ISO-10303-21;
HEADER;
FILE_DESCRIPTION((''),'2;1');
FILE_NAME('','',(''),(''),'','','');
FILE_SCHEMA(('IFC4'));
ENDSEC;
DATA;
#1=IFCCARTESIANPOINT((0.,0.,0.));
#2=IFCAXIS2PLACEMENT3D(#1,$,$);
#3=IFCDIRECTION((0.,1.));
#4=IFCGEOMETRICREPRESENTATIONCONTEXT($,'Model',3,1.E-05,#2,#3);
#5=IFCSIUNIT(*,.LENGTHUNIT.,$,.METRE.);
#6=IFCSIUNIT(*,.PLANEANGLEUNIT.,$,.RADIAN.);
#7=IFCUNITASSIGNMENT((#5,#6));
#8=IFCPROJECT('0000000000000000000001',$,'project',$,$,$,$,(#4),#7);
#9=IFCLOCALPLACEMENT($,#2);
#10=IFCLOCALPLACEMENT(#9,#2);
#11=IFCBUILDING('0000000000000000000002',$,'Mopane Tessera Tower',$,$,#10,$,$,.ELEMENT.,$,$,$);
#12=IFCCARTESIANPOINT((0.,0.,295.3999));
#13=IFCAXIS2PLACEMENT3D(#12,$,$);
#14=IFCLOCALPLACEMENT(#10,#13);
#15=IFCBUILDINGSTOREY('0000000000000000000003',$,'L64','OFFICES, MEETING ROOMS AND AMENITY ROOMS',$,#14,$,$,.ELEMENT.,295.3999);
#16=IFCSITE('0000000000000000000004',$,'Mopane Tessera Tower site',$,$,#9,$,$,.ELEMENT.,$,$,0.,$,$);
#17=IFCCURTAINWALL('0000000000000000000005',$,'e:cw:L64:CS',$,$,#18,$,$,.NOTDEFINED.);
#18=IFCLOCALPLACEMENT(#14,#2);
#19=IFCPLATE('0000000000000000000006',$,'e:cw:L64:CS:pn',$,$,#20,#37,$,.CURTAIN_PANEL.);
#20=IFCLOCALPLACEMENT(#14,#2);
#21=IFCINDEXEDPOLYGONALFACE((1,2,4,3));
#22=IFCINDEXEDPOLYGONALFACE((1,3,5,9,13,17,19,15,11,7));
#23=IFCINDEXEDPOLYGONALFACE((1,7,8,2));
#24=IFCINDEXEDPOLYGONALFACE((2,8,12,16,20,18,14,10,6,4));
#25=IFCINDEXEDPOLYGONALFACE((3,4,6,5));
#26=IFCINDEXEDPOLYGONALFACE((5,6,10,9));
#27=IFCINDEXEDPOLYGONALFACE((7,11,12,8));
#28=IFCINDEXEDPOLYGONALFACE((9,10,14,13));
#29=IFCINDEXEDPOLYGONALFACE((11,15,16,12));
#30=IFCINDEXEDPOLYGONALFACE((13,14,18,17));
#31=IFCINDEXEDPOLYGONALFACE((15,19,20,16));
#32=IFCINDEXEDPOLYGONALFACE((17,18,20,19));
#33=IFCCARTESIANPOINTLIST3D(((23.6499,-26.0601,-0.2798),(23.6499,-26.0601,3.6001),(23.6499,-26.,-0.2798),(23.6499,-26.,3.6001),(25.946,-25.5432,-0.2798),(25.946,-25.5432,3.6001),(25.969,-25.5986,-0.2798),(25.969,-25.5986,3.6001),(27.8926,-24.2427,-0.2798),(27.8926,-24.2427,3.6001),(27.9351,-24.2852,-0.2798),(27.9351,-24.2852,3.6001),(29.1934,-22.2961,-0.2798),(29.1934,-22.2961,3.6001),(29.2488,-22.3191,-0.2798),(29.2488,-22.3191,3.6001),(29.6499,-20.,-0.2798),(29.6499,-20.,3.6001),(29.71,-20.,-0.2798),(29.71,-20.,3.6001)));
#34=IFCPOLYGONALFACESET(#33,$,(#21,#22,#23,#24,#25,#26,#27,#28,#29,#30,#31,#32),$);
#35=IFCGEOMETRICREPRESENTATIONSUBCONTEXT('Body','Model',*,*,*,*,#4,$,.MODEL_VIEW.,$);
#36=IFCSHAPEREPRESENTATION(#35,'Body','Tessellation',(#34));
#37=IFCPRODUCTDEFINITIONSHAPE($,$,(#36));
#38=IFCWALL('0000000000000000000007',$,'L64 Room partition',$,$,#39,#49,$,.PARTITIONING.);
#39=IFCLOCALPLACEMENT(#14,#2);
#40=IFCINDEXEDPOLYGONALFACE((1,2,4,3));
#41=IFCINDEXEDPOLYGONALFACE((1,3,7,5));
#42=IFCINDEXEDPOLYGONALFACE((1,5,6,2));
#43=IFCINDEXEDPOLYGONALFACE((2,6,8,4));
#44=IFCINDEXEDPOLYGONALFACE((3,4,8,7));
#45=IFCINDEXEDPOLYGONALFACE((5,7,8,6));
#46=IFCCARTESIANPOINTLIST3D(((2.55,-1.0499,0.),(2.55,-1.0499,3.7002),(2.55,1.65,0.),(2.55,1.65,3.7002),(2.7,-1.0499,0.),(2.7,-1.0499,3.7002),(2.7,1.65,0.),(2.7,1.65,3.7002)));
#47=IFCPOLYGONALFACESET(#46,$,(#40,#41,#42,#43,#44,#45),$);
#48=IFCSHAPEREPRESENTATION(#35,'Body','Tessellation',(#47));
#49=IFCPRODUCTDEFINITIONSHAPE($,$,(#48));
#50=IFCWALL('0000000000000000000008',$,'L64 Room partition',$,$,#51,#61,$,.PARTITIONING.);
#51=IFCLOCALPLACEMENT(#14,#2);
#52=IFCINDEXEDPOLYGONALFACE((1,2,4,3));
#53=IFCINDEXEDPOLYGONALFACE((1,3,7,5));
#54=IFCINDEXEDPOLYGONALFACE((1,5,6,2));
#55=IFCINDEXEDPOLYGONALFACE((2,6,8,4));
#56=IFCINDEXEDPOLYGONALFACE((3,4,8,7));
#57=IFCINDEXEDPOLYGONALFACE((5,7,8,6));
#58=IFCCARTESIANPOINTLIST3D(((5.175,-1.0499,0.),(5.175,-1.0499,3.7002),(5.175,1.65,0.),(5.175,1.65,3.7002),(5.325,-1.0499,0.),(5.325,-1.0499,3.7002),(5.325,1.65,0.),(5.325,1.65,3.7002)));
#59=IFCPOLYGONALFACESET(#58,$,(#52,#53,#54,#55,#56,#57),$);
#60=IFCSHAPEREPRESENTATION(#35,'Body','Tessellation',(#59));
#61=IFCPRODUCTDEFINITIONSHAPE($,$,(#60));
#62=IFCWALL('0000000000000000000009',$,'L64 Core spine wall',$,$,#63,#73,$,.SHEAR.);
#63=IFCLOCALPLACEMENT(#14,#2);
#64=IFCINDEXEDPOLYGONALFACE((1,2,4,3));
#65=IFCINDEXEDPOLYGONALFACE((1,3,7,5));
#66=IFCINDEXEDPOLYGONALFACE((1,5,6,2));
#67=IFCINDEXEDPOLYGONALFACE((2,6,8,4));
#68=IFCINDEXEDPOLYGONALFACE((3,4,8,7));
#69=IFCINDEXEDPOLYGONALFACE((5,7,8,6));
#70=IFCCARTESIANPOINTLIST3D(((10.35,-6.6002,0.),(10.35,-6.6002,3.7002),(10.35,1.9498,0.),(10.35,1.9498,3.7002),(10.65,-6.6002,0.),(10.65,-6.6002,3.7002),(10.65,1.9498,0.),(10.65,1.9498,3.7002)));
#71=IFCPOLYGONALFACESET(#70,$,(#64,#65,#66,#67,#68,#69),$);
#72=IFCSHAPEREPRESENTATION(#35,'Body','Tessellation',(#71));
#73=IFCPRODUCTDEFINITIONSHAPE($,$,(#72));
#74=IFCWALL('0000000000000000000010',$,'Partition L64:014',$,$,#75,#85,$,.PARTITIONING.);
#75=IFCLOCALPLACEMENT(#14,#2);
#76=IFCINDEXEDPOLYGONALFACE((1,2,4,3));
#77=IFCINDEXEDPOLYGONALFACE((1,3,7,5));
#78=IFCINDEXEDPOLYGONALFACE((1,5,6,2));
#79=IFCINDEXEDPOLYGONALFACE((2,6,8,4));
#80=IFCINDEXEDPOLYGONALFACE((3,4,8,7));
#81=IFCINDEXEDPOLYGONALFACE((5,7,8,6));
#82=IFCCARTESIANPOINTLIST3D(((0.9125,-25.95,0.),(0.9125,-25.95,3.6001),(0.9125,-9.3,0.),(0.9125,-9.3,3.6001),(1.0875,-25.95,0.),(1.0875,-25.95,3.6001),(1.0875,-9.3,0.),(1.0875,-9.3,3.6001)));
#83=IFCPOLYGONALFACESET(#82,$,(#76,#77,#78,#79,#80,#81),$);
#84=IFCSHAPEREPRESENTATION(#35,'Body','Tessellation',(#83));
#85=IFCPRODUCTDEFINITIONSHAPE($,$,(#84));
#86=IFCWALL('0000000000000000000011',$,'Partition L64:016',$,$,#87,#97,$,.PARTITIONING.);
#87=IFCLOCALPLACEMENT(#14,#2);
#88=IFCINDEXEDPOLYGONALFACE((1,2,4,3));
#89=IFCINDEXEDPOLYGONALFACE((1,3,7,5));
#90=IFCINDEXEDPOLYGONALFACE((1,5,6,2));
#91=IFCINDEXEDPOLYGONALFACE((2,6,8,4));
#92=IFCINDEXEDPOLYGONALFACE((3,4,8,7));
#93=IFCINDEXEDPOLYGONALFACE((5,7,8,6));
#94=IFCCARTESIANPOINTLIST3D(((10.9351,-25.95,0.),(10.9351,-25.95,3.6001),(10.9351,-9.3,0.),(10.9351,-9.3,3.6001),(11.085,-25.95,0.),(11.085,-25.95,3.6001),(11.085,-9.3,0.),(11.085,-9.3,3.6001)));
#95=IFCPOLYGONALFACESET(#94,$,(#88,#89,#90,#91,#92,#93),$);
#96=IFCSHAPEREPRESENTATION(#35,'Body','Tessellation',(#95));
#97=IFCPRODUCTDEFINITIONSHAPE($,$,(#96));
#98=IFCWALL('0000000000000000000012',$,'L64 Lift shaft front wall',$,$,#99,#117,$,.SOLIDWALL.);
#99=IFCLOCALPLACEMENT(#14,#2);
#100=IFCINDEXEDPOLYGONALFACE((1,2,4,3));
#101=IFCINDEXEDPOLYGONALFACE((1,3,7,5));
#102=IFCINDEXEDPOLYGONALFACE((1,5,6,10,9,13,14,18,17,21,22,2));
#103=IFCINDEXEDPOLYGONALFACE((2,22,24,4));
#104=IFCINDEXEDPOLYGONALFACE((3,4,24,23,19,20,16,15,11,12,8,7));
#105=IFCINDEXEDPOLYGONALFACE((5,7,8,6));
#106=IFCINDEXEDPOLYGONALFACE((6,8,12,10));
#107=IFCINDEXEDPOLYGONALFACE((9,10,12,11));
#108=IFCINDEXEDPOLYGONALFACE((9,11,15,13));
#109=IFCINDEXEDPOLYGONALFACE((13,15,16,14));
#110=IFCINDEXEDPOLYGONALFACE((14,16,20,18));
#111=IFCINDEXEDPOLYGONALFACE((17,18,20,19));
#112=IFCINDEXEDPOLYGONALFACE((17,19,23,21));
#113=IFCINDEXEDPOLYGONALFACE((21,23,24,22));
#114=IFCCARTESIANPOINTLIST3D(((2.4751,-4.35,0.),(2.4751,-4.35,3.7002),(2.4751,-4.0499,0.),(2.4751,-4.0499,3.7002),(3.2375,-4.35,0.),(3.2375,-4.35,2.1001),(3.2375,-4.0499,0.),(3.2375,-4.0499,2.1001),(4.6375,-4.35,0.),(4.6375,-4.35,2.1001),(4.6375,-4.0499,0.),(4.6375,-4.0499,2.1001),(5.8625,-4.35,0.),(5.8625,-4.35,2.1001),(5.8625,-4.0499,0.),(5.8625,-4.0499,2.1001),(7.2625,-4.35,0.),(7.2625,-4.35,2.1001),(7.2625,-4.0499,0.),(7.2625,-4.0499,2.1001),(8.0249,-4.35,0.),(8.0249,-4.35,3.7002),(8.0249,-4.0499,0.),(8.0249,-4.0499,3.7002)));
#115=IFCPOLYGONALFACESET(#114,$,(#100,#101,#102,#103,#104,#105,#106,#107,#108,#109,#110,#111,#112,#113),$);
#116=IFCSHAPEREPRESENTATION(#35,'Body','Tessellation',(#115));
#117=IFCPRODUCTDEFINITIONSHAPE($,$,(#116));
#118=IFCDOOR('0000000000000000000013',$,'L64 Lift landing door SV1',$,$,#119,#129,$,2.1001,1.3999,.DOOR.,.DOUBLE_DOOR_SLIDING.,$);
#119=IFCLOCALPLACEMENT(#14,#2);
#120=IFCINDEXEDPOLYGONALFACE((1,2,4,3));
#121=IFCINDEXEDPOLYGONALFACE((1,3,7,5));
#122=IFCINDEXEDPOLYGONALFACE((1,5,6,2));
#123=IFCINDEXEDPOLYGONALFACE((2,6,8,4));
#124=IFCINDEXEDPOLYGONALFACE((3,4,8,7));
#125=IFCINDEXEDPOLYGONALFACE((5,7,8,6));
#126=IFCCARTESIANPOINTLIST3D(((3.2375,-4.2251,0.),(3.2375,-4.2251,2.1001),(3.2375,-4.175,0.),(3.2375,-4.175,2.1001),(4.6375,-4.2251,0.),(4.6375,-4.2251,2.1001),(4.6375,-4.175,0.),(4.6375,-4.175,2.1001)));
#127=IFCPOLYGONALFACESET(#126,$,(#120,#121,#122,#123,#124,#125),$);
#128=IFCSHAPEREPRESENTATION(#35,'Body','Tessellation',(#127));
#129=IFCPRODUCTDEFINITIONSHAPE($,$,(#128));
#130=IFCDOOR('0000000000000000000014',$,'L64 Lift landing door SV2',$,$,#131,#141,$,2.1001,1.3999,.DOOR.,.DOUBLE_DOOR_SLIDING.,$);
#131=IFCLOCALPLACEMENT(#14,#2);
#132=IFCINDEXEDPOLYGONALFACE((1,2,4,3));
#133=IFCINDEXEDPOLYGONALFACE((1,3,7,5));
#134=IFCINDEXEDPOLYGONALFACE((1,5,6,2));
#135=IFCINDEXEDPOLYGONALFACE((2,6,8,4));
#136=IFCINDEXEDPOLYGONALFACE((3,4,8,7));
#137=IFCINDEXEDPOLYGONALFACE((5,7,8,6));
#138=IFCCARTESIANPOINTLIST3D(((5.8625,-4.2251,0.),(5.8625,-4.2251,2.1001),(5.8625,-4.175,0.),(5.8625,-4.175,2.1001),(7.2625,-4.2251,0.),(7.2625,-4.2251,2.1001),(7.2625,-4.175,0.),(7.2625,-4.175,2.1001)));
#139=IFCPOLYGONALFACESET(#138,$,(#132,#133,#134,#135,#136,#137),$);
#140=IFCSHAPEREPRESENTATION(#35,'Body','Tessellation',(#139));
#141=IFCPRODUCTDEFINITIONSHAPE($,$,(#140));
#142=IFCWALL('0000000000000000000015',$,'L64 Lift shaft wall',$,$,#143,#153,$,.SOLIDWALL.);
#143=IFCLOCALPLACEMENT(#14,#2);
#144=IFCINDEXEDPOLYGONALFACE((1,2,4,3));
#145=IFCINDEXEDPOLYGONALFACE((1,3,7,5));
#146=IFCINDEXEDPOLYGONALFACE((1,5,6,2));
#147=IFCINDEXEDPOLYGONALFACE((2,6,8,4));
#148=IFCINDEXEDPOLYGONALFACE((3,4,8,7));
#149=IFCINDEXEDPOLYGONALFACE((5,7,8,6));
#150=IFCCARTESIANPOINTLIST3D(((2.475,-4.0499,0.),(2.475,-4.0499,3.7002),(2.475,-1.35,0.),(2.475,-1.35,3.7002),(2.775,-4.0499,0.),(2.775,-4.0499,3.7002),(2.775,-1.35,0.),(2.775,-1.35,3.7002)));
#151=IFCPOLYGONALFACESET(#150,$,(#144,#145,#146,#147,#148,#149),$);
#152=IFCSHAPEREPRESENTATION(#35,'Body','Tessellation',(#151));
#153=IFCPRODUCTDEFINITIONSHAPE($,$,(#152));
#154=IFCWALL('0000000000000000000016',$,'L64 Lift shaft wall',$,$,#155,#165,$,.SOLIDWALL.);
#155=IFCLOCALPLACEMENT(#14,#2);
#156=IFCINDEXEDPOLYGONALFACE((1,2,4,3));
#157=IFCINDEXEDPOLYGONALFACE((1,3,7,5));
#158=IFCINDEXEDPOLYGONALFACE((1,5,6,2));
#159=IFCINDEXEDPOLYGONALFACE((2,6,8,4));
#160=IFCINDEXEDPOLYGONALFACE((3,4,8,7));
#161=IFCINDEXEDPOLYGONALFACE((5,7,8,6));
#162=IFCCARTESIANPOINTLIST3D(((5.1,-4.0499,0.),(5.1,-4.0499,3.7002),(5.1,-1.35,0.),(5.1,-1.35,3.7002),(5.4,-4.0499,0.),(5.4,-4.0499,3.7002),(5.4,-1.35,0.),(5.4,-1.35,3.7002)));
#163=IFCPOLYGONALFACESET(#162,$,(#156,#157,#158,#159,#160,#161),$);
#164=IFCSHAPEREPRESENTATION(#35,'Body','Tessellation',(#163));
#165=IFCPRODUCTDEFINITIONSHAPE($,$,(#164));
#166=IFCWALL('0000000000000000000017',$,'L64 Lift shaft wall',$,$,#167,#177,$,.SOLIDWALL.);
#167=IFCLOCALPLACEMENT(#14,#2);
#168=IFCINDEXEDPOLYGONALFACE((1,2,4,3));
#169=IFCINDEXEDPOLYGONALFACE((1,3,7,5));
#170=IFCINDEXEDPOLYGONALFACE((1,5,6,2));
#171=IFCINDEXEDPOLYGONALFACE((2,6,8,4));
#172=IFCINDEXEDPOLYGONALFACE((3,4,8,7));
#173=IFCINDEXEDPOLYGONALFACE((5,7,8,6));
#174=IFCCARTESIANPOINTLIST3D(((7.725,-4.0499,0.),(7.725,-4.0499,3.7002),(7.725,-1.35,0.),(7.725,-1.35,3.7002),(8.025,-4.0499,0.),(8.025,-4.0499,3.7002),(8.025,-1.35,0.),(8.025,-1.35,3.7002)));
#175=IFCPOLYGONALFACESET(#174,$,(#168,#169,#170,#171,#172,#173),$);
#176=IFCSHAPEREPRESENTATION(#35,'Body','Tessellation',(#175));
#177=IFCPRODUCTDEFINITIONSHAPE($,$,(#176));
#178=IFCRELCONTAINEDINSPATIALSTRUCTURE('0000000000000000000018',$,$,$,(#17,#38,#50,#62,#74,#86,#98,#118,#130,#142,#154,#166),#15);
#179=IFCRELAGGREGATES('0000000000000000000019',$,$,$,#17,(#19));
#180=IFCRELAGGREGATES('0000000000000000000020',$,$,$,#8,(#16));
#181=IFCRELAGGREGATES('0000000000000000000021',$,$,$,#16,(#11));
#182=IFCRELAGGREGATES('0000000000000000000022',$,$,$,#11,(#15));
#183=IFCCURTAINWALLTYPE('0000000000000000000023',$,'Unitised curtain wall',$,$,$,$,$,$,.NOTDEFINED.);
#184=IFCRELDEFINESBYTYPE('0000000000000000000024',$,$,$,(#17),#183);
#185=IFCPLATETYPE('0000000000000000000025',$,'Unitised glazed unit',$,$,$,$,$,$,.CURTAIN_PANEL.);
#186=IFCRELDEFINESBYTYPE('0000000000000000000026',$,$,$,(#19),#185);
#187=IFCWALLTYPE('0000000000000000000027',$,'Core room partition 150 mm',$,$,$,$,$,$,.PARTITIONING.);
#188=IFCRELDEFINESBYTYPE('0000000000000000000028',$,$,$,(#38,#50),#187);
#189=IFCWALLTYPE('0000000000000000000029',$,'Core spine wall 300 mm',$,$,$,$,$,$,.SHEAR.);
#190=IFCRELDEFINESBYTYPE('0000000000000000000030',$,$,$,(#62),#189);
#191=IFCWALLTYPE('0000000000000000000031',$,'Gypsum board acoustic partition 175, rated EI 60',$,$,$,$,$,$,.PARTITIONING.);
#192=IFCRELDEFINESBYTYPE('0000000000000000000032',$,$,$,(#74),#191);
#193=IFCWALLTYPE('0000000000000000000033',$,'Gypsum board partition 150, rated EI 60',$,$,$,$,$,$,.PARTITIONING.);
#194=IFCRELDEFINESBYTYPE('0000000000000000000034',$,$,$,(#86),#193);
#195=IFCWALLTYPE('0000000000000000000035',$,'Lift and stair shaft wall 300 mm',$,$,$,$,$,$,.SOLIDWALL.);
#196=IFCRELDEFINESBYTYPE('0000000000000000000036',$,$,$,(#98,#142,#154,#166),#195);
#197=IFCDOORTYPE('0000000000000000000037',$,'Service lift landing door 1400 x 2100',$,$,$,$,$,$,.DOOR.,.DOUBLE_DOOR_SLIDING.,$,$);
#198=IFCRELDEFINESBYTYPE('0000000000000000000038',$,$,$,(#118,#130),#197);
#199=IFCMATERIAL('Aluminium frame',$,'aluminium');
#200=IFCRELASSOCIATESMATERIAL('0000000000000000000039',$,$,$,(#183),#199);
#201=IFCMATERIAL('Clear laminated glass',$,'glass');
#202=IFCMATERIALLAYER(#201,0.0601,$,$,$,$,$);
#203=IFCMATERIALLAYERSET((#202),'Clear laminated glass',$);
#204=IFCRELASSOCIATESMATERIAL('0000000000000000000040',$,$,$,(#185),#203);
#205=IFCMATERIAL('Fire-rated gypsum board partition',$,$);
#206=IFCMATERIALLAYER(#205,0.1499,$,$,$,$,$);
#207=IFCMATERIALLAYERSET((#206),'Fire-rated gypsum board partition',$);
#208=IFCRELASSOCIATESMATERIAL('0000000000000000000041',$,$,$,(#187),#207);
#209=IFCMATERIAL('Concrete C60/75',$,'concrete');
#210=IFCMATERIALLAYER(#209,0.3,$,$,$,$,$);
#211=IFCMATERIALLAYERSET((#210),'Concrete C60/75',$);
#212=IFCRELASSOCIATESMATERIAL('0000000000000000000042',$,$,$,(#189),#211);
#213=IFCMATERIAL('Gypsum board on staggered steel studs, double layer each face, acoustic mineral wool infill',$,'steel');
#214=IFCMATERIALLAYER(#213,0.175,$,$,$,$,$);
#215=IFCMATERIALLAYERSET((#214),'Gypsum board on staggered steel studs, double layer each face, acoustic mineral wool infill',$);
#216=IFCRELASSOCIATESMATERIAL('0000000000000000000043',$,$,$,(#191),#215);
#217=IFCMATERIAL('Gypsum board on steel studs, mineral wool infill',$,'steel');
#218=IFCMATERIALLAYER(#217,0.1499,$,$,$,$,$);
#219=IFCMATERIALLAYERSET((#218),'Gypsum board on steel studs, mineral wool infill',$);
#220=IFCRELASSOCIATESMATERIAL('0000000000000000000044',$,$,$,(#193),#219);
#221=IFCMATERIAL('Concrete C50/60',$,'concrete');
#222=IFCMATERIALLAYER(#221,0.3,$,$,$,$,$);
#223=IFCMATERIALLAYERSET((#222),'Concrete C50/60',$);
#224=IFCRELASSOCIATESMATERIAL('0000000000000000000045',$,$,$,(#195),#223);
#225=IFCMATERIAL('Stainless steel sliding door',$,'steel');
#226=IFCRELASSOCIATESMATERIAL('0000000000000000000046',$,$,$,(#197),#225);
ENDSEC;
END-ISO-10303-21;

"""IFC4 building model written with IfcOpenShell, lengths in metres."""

from ifc_helpers import new_model, si_unit, direction, frame, frame_2d, origin, place, context, subcontext, project, spatial, polyline, rectangle, outline, extrude, material, layer, layer_set, type_object, element, fill, aggregate, save


model = new_model("IFC4")

# Units and contexts
model_context = context("Model", 3, precision=1e-05, world=origin(), true_north=direction((0.0, 1.0)))
body_context = subcontext(model_context, "Body", "Model", "MODEL_VIEW")
ifc_project = project(units=[si_unit("LENGTHUNIT", "METRE"), si_unit("PLANEANGLEUNIT", "RADIAN")], contexts=[model_context])

# Site, building, storey
site_placement = place(None, origin())
site = spatial("IfcSite", under=ifc_project, at=site_placement, Name="Mopane Tessera Tower site", CompositionType="ELEMENT", RefElevation=0.0)
building_placement = place(site_placement, origin())
building = spatial("IfcBuilding", under=site, at=building_placement, Name="Mopane Tessera Tower", CompositionType="ELEMENT")
storey_placement = place(building_placement, frame((0.0, 0.0, 295.3999)))
storey = spatial("IfcBuildingStorey", under=building, at=storey_placement, Name="L64", Description="OFFICES, MEETING ROOMS AND AMENITY ROOMS", CompositionType="ELEMENT", Elevation=295.3999)

# Shared definitions
ifc_material_1 = material(Name="Aluminium frame", Category="aluminium")
curtain_wall_type = type_object("IfcCurtainWallType", Name="Unitised curtain wall", PredefinedType="NOTDEFINED", material=ifc_material_1)

# Curtain wall
curtain_wall_1_placement = place(storey_placement, origin())
curtain_wall_1 = element("IfcCurtainWall", 1, at=curtain_wall_1_placement, inside=storey, type_object=curtain_wall_type, Name="e:cw:L64:CS", PredefinedType="NOTDEFINED")

# Plate
ifc_material_2 = material(Name="Clear laminated glass", Category="glass")
ifc_layer_1 = layer(ifc_material_2, 0.0601)
ifc_layer_set_1 = layer_set([ifc_layer_1], Name="Clear laminated glass")
plate_type = type_object("IfcPlateType", Name="Unitised glazed unit", PredefinedType="CURTAIN_PANEL", material=ifc_layer_set_1)
plate_1_placement = place(storey_placement, frame((0.0, 0.0, -0.2798)))
plate_1 = element("IfcPlate", 2, at=plate_1_placement, type_object=plate_type, Name="e:cw:L64:CS:pn", PredefinedType="CURTAIN_PANEL", context=body_context, shape_type="SweptSolid", body=[
    extrude(outline(polyline([(23.6499, -26.0), (25.946, -25.5432), (27.8926, -24.2427), (29.1934, -22.2961), (29.6499, -20.0), (29.71, -20.0), (29.2488, -22.3191), (27.9351, -24.2852), (25.969, -25.5986), (23.6499, -26.0601), (23.6499, -26.0)])), origin(), (0.0, 0.0, 1.0), 3.8799),
])
aggregate(curtain_wall_1, [plate_1])

# Walls
ifc_material_3 = material(Name="Fire-rated gypsum board partition")
ifc_layer_2 = layer(ifc_material_3, 0.1499)
ifc_layer_set_2 = layer_set([ifc_layer_2], Name="Fire-rated gypsum board partition")
wall_type_1 = type_object("IfcWallType", Name="Core room partition 150 mm", PredefinedType="PARTITIONING", material=ifc_layer_set_2)
for number, where, z_axis, x_axis, name in (
    (3, (2.625, -1.05, 0.0), (0.0, 0.0, 1.0), (0.0, 1.0, 0.0), "L64 Room partition"),
    (4, (5.25, -1.05, 0.0), (0.0, 0.0, 1.0), (0.0, 1.0, 0.0), "L64 Room partition"),
):
    element("IfcWall", number, at=place(storey_placement, frame(where, z_axis=z_axis, x_axis=x_axis)), inside=storey, type_object=wall_type_1, Name=name, PredefinedType="PARTITIONING", context=body_context, shape_type="SweptSolid", body=[
        extrude(rectangle(XDim=2.7, YDim=0.1499, at=frame_2d((1.3501, 0.0))), origin(), (0.0, 0.0, 1.0), 3.7002),
    ])
ifc_material_4 = material(Name="Concrete C60/75", Category="concrete")
ifc_layer_3 = layer(ifc_material_4, 0.3)
ifc_layer_set_3 = layer_set([ifc_layer_3], Name="Concrete C60/75")
wall_type_2 = type_object("IfcWallType", Name="Core spine wall 300 mm", PredefinedType="SHEAR", material=ifc_layer_set_3)
wall_1_placement = place(storey_placement, frame((10.5, -6.6001, 0.0), z_axis=(0.0, 0.0, 1.0), x_axis=(0.0, 1.0, 0.0)))
element("IfcWall", 5, at=wall_1_placement, inside=storey, type_object=wall_type_2, Name="L64 Core spine wall", PredefinedType="SHEAR", context=body_context, shape_type="SweptSolid", body=[
    extrude(rectangle(XDim=8.55, YDim=0.3, at=frame_2d((4.2749, 0.0))), origin(), (0.0, 0.0, 1.0), 3.7002),
])
ifc_material_5 = material(Name="Gypsum board on staggered steel studs, double layer each face, acoustic mineral wool infill", Category="steel")
ifc_layer_4 = layer(ifc_material_5, 0.175)
ifc_layer_set_4 = layer_set([ifc_layer_4], Name="Gypsum board on staggered steel studs, double layer each face, acoustic mineral wool infill")
wall_type_3 = type_object("IfcWallType", Name="Gypsum board acoustic partition 175, rated EI 60", PredefinedType="PARTITIONING", material=ifc_layer_set_4)
wall_2_placement = place(storey_placement, frame((1.0, -25.95, 0.0), z_axis=(0.0, 0.0, 1.0), x_axis=(0.0, 1.0, 0.0)))
element("IfcWall", 6, at=wall_2_placement, inside=storey, type_object=wall_type_3, Name="Partition L64:014", PredefinedType="PARTITIONING", context=body_context, shape_type="SweptSolid", body=[
    extrude(rectangle(XDim=16.6499, YDim=0.175, at=frame_2d((8.325, 0.0))), origin(), (0.0, 0.0, 1.0), 3.6001),
])
ifc_material_6 = material(Name="Gypsum board on steel studs, mineral wool infill", Category="steel")
ifc_layer_5 = layer(ifc_material_6, 0.1499)
ifc_layer_set_5 = layer_set([ifc_layer_5], Name="Gypsum board on steel studs, mineral wool infill")
wall_type_4 = type_object("IfcWallType", Name="Gypsum board partition 150, rated EI 60", PredefinedType="PARTITIONING", material=ifc_layer_set_5)
wall_3_placement = place(storey_placement, frame((11.01, -25.95, 0.0), z_axis=(0.0, 0.0, 1.0), x_axis=(0.0, 1.0, 0.0)))
element("IfcWall", 7, at=wall_3_placement, inside=storey, type_object=wall_type_4, Name="Partition L64:016", PredefinedType="PARTITIONING", context=body_context, shape_type="SweptSolid", body=[
    extrude(rectangle(XDim=16.6499, YDim=0.1499, at=frame_2d((8.325, 0.0))), origin(), (0.0, 0.0, 1.0), 3.6001),
])

# Wall, openings, doors
ifc_material_7 = material(Name="Concrete C50/60", Category="concrete")
ifc_layer_6 = layer(ifc_material_7, 0.3)
ifc_layer_set_6 = layer_set([ifc_layer_6], Name="Concrete C50/60")
wall_type_5 = type_object("IfcWallType", Name="Lift and stair shaft wall 300 mm", PredefinedType="SOLIDWALL", material=ifc_layer_set_6)
wall_4_placement = place(storey_placement, frame((2.4751, -4.2, 0.0), z_axis=(0.0, 0.0, 1.0), x_axis=(1.0, 0.0, 0.0)))
wall_4 = element("IfcWall", 8, at=wall_4_placement, inside=storey, type_object=wall_type_5, Name="L64 Lift shaft front wall", PredefinedType="SOLIDWALL", context=body_context, shape_type="SweptSolid", body=[
    extrude(rectangle(XDim=5.5498, YDim=0.3, at=frame_2d((2.7749, 0.0))), origin(), (0.0, 0.0, 1.0), 3.7002),
])
opening_1_placement = place(wall_4_placement, frame((0.7625, 0.0, 0.0)))
opening_1 = element("IfcOpeningElement", 9, at=opening_1_placement, cuts=wall_4, PredefinedType="OPENING", context=body_context, shape_type="SweptSolid", body=[
    extrude(rectangle(XDim=1.3999, YDim=2.1001, at=frame_2d((0.7, 1.05))), frame((0.0, 0.1621, 0.0), z_axis=(0.0, -1.0, 0.0), x_axis=(1.0, 0.0, 0.0)), (0.0, 0.0, 1.0), 0.324),
])
opening_2_placement = place(wall_4_placement, frame((3.3875, 0.0, 0.0)))
opening_2 = element("IfcOpeningElement", 10, at=opening_2_placement, cuts=wall_4, PredefinedType="OPENING", context=body_context, shape_type="SweptSolid", body=[
    extrude(rectangle(XDim=1.3999, YDim=2.1001, at=frame_2d((0.7, 1.05))), frame((0.0, 0.1621, 0.0), z_axis=(0.0, -1.0, 0.0), x_axis=(1.0, 0.0, 0.0)), (0.0, 0.0, 1.0), 0.324),
])
ifc_material_8 = material(Name="Stainless steel sliding door", Category="steel")
door_type = type_object("IfcDoorType", Name="Service lift landing door 1400 x 2100", OperationType="DOUBLE_DOOR_SLIDING", PredefinedType="DOOR", material=ifc_material_8)
door_1_placement = place(opening_1_placement, origin())
door_1 = element("IfcDoor", 11, at=door_1_placement, inside=storey, type_object=door_type, Name="L64 Lift landing door SV1", OperationType="DOUBLE_DOOR_SLIDING", OverallHeight=2.1001, OverallWidth=1.3999, PredefinedType="DOOR", context=body_context, shape_type="SweptSolid", body=[
    extrude(rectangle(XDim=1.3999, YDim=2.1001, at=frame_2d((0.7, 1.05))), frame((0.0, 0.0249, 0.0), z_axis=(0.0, -1.0, 0.0), x_axis=(1.0, 0.0, 0.0)), (0.0, 0.0, 1.0), 0.05),
])
fill(opening_1, door_1)
door_2_placement = place(opening_2_placement, origin())
door_2 = element("IfcDoor", 12, at=door_2_placement, inside=storey, type_object=door_type, Name="L64 Lift landing door SV2", OperationType="DOUBLE_DOOR_SLIDING", OverallHeight=2.1001, OverallWidth=1.3999, PredefinedType="DOOR", context=body_context, shape_type="SweptSolid", body=[
    extrude(rectangle(XDim=1.3999, YDim=2.1001, at=frame_2d((0.7, 1.05))), frame((0.0, 0.0249, 0.0), z_axis=(0.0, -1.0, 0.0), x_axis=(1.0, 0.0, 0.0)), (0.0, 0.0, 1.0), 0.05),
])
fill(opening_2, door_2)

# Walls
for number, where, z_axis, x_axis, name in (
    (13, (2.625, -4.05, 0.0), (0.0, 0.0, 1.0), (0.0, 1.0, 0.0), "L64 Lift shaft wall"),
    (14, (5.25, -4.05, 0.0), (0.0, 0.0, 1.0), (0.0, 1.0, 0.0), "L64 Lift shaft wall"),
    (15, (7.875, -4.05, 0.0), (0.0, 0.0, 1.0), (0.0, 1.0, 0.0), "L64 Lift shaft wall"),
):
    element("IfcWall", number, at=place(storey_placement, frame(where, z_axis=z_axis, x_axis=x_axis)), inside=storey, type_object=wall_type_5, Name=name, PredefinedType="SOLIDWALL", context=body_context, shape_type="SweptSolid", body=[
        extrude(rectangle(XDim=2.7, YDim=0.3, at=frame_2d((1.3501, 0.0))), origin(), (0.0, 0.0, 1.0), 3.7002),
    ])

save(model, "model.ifc")
